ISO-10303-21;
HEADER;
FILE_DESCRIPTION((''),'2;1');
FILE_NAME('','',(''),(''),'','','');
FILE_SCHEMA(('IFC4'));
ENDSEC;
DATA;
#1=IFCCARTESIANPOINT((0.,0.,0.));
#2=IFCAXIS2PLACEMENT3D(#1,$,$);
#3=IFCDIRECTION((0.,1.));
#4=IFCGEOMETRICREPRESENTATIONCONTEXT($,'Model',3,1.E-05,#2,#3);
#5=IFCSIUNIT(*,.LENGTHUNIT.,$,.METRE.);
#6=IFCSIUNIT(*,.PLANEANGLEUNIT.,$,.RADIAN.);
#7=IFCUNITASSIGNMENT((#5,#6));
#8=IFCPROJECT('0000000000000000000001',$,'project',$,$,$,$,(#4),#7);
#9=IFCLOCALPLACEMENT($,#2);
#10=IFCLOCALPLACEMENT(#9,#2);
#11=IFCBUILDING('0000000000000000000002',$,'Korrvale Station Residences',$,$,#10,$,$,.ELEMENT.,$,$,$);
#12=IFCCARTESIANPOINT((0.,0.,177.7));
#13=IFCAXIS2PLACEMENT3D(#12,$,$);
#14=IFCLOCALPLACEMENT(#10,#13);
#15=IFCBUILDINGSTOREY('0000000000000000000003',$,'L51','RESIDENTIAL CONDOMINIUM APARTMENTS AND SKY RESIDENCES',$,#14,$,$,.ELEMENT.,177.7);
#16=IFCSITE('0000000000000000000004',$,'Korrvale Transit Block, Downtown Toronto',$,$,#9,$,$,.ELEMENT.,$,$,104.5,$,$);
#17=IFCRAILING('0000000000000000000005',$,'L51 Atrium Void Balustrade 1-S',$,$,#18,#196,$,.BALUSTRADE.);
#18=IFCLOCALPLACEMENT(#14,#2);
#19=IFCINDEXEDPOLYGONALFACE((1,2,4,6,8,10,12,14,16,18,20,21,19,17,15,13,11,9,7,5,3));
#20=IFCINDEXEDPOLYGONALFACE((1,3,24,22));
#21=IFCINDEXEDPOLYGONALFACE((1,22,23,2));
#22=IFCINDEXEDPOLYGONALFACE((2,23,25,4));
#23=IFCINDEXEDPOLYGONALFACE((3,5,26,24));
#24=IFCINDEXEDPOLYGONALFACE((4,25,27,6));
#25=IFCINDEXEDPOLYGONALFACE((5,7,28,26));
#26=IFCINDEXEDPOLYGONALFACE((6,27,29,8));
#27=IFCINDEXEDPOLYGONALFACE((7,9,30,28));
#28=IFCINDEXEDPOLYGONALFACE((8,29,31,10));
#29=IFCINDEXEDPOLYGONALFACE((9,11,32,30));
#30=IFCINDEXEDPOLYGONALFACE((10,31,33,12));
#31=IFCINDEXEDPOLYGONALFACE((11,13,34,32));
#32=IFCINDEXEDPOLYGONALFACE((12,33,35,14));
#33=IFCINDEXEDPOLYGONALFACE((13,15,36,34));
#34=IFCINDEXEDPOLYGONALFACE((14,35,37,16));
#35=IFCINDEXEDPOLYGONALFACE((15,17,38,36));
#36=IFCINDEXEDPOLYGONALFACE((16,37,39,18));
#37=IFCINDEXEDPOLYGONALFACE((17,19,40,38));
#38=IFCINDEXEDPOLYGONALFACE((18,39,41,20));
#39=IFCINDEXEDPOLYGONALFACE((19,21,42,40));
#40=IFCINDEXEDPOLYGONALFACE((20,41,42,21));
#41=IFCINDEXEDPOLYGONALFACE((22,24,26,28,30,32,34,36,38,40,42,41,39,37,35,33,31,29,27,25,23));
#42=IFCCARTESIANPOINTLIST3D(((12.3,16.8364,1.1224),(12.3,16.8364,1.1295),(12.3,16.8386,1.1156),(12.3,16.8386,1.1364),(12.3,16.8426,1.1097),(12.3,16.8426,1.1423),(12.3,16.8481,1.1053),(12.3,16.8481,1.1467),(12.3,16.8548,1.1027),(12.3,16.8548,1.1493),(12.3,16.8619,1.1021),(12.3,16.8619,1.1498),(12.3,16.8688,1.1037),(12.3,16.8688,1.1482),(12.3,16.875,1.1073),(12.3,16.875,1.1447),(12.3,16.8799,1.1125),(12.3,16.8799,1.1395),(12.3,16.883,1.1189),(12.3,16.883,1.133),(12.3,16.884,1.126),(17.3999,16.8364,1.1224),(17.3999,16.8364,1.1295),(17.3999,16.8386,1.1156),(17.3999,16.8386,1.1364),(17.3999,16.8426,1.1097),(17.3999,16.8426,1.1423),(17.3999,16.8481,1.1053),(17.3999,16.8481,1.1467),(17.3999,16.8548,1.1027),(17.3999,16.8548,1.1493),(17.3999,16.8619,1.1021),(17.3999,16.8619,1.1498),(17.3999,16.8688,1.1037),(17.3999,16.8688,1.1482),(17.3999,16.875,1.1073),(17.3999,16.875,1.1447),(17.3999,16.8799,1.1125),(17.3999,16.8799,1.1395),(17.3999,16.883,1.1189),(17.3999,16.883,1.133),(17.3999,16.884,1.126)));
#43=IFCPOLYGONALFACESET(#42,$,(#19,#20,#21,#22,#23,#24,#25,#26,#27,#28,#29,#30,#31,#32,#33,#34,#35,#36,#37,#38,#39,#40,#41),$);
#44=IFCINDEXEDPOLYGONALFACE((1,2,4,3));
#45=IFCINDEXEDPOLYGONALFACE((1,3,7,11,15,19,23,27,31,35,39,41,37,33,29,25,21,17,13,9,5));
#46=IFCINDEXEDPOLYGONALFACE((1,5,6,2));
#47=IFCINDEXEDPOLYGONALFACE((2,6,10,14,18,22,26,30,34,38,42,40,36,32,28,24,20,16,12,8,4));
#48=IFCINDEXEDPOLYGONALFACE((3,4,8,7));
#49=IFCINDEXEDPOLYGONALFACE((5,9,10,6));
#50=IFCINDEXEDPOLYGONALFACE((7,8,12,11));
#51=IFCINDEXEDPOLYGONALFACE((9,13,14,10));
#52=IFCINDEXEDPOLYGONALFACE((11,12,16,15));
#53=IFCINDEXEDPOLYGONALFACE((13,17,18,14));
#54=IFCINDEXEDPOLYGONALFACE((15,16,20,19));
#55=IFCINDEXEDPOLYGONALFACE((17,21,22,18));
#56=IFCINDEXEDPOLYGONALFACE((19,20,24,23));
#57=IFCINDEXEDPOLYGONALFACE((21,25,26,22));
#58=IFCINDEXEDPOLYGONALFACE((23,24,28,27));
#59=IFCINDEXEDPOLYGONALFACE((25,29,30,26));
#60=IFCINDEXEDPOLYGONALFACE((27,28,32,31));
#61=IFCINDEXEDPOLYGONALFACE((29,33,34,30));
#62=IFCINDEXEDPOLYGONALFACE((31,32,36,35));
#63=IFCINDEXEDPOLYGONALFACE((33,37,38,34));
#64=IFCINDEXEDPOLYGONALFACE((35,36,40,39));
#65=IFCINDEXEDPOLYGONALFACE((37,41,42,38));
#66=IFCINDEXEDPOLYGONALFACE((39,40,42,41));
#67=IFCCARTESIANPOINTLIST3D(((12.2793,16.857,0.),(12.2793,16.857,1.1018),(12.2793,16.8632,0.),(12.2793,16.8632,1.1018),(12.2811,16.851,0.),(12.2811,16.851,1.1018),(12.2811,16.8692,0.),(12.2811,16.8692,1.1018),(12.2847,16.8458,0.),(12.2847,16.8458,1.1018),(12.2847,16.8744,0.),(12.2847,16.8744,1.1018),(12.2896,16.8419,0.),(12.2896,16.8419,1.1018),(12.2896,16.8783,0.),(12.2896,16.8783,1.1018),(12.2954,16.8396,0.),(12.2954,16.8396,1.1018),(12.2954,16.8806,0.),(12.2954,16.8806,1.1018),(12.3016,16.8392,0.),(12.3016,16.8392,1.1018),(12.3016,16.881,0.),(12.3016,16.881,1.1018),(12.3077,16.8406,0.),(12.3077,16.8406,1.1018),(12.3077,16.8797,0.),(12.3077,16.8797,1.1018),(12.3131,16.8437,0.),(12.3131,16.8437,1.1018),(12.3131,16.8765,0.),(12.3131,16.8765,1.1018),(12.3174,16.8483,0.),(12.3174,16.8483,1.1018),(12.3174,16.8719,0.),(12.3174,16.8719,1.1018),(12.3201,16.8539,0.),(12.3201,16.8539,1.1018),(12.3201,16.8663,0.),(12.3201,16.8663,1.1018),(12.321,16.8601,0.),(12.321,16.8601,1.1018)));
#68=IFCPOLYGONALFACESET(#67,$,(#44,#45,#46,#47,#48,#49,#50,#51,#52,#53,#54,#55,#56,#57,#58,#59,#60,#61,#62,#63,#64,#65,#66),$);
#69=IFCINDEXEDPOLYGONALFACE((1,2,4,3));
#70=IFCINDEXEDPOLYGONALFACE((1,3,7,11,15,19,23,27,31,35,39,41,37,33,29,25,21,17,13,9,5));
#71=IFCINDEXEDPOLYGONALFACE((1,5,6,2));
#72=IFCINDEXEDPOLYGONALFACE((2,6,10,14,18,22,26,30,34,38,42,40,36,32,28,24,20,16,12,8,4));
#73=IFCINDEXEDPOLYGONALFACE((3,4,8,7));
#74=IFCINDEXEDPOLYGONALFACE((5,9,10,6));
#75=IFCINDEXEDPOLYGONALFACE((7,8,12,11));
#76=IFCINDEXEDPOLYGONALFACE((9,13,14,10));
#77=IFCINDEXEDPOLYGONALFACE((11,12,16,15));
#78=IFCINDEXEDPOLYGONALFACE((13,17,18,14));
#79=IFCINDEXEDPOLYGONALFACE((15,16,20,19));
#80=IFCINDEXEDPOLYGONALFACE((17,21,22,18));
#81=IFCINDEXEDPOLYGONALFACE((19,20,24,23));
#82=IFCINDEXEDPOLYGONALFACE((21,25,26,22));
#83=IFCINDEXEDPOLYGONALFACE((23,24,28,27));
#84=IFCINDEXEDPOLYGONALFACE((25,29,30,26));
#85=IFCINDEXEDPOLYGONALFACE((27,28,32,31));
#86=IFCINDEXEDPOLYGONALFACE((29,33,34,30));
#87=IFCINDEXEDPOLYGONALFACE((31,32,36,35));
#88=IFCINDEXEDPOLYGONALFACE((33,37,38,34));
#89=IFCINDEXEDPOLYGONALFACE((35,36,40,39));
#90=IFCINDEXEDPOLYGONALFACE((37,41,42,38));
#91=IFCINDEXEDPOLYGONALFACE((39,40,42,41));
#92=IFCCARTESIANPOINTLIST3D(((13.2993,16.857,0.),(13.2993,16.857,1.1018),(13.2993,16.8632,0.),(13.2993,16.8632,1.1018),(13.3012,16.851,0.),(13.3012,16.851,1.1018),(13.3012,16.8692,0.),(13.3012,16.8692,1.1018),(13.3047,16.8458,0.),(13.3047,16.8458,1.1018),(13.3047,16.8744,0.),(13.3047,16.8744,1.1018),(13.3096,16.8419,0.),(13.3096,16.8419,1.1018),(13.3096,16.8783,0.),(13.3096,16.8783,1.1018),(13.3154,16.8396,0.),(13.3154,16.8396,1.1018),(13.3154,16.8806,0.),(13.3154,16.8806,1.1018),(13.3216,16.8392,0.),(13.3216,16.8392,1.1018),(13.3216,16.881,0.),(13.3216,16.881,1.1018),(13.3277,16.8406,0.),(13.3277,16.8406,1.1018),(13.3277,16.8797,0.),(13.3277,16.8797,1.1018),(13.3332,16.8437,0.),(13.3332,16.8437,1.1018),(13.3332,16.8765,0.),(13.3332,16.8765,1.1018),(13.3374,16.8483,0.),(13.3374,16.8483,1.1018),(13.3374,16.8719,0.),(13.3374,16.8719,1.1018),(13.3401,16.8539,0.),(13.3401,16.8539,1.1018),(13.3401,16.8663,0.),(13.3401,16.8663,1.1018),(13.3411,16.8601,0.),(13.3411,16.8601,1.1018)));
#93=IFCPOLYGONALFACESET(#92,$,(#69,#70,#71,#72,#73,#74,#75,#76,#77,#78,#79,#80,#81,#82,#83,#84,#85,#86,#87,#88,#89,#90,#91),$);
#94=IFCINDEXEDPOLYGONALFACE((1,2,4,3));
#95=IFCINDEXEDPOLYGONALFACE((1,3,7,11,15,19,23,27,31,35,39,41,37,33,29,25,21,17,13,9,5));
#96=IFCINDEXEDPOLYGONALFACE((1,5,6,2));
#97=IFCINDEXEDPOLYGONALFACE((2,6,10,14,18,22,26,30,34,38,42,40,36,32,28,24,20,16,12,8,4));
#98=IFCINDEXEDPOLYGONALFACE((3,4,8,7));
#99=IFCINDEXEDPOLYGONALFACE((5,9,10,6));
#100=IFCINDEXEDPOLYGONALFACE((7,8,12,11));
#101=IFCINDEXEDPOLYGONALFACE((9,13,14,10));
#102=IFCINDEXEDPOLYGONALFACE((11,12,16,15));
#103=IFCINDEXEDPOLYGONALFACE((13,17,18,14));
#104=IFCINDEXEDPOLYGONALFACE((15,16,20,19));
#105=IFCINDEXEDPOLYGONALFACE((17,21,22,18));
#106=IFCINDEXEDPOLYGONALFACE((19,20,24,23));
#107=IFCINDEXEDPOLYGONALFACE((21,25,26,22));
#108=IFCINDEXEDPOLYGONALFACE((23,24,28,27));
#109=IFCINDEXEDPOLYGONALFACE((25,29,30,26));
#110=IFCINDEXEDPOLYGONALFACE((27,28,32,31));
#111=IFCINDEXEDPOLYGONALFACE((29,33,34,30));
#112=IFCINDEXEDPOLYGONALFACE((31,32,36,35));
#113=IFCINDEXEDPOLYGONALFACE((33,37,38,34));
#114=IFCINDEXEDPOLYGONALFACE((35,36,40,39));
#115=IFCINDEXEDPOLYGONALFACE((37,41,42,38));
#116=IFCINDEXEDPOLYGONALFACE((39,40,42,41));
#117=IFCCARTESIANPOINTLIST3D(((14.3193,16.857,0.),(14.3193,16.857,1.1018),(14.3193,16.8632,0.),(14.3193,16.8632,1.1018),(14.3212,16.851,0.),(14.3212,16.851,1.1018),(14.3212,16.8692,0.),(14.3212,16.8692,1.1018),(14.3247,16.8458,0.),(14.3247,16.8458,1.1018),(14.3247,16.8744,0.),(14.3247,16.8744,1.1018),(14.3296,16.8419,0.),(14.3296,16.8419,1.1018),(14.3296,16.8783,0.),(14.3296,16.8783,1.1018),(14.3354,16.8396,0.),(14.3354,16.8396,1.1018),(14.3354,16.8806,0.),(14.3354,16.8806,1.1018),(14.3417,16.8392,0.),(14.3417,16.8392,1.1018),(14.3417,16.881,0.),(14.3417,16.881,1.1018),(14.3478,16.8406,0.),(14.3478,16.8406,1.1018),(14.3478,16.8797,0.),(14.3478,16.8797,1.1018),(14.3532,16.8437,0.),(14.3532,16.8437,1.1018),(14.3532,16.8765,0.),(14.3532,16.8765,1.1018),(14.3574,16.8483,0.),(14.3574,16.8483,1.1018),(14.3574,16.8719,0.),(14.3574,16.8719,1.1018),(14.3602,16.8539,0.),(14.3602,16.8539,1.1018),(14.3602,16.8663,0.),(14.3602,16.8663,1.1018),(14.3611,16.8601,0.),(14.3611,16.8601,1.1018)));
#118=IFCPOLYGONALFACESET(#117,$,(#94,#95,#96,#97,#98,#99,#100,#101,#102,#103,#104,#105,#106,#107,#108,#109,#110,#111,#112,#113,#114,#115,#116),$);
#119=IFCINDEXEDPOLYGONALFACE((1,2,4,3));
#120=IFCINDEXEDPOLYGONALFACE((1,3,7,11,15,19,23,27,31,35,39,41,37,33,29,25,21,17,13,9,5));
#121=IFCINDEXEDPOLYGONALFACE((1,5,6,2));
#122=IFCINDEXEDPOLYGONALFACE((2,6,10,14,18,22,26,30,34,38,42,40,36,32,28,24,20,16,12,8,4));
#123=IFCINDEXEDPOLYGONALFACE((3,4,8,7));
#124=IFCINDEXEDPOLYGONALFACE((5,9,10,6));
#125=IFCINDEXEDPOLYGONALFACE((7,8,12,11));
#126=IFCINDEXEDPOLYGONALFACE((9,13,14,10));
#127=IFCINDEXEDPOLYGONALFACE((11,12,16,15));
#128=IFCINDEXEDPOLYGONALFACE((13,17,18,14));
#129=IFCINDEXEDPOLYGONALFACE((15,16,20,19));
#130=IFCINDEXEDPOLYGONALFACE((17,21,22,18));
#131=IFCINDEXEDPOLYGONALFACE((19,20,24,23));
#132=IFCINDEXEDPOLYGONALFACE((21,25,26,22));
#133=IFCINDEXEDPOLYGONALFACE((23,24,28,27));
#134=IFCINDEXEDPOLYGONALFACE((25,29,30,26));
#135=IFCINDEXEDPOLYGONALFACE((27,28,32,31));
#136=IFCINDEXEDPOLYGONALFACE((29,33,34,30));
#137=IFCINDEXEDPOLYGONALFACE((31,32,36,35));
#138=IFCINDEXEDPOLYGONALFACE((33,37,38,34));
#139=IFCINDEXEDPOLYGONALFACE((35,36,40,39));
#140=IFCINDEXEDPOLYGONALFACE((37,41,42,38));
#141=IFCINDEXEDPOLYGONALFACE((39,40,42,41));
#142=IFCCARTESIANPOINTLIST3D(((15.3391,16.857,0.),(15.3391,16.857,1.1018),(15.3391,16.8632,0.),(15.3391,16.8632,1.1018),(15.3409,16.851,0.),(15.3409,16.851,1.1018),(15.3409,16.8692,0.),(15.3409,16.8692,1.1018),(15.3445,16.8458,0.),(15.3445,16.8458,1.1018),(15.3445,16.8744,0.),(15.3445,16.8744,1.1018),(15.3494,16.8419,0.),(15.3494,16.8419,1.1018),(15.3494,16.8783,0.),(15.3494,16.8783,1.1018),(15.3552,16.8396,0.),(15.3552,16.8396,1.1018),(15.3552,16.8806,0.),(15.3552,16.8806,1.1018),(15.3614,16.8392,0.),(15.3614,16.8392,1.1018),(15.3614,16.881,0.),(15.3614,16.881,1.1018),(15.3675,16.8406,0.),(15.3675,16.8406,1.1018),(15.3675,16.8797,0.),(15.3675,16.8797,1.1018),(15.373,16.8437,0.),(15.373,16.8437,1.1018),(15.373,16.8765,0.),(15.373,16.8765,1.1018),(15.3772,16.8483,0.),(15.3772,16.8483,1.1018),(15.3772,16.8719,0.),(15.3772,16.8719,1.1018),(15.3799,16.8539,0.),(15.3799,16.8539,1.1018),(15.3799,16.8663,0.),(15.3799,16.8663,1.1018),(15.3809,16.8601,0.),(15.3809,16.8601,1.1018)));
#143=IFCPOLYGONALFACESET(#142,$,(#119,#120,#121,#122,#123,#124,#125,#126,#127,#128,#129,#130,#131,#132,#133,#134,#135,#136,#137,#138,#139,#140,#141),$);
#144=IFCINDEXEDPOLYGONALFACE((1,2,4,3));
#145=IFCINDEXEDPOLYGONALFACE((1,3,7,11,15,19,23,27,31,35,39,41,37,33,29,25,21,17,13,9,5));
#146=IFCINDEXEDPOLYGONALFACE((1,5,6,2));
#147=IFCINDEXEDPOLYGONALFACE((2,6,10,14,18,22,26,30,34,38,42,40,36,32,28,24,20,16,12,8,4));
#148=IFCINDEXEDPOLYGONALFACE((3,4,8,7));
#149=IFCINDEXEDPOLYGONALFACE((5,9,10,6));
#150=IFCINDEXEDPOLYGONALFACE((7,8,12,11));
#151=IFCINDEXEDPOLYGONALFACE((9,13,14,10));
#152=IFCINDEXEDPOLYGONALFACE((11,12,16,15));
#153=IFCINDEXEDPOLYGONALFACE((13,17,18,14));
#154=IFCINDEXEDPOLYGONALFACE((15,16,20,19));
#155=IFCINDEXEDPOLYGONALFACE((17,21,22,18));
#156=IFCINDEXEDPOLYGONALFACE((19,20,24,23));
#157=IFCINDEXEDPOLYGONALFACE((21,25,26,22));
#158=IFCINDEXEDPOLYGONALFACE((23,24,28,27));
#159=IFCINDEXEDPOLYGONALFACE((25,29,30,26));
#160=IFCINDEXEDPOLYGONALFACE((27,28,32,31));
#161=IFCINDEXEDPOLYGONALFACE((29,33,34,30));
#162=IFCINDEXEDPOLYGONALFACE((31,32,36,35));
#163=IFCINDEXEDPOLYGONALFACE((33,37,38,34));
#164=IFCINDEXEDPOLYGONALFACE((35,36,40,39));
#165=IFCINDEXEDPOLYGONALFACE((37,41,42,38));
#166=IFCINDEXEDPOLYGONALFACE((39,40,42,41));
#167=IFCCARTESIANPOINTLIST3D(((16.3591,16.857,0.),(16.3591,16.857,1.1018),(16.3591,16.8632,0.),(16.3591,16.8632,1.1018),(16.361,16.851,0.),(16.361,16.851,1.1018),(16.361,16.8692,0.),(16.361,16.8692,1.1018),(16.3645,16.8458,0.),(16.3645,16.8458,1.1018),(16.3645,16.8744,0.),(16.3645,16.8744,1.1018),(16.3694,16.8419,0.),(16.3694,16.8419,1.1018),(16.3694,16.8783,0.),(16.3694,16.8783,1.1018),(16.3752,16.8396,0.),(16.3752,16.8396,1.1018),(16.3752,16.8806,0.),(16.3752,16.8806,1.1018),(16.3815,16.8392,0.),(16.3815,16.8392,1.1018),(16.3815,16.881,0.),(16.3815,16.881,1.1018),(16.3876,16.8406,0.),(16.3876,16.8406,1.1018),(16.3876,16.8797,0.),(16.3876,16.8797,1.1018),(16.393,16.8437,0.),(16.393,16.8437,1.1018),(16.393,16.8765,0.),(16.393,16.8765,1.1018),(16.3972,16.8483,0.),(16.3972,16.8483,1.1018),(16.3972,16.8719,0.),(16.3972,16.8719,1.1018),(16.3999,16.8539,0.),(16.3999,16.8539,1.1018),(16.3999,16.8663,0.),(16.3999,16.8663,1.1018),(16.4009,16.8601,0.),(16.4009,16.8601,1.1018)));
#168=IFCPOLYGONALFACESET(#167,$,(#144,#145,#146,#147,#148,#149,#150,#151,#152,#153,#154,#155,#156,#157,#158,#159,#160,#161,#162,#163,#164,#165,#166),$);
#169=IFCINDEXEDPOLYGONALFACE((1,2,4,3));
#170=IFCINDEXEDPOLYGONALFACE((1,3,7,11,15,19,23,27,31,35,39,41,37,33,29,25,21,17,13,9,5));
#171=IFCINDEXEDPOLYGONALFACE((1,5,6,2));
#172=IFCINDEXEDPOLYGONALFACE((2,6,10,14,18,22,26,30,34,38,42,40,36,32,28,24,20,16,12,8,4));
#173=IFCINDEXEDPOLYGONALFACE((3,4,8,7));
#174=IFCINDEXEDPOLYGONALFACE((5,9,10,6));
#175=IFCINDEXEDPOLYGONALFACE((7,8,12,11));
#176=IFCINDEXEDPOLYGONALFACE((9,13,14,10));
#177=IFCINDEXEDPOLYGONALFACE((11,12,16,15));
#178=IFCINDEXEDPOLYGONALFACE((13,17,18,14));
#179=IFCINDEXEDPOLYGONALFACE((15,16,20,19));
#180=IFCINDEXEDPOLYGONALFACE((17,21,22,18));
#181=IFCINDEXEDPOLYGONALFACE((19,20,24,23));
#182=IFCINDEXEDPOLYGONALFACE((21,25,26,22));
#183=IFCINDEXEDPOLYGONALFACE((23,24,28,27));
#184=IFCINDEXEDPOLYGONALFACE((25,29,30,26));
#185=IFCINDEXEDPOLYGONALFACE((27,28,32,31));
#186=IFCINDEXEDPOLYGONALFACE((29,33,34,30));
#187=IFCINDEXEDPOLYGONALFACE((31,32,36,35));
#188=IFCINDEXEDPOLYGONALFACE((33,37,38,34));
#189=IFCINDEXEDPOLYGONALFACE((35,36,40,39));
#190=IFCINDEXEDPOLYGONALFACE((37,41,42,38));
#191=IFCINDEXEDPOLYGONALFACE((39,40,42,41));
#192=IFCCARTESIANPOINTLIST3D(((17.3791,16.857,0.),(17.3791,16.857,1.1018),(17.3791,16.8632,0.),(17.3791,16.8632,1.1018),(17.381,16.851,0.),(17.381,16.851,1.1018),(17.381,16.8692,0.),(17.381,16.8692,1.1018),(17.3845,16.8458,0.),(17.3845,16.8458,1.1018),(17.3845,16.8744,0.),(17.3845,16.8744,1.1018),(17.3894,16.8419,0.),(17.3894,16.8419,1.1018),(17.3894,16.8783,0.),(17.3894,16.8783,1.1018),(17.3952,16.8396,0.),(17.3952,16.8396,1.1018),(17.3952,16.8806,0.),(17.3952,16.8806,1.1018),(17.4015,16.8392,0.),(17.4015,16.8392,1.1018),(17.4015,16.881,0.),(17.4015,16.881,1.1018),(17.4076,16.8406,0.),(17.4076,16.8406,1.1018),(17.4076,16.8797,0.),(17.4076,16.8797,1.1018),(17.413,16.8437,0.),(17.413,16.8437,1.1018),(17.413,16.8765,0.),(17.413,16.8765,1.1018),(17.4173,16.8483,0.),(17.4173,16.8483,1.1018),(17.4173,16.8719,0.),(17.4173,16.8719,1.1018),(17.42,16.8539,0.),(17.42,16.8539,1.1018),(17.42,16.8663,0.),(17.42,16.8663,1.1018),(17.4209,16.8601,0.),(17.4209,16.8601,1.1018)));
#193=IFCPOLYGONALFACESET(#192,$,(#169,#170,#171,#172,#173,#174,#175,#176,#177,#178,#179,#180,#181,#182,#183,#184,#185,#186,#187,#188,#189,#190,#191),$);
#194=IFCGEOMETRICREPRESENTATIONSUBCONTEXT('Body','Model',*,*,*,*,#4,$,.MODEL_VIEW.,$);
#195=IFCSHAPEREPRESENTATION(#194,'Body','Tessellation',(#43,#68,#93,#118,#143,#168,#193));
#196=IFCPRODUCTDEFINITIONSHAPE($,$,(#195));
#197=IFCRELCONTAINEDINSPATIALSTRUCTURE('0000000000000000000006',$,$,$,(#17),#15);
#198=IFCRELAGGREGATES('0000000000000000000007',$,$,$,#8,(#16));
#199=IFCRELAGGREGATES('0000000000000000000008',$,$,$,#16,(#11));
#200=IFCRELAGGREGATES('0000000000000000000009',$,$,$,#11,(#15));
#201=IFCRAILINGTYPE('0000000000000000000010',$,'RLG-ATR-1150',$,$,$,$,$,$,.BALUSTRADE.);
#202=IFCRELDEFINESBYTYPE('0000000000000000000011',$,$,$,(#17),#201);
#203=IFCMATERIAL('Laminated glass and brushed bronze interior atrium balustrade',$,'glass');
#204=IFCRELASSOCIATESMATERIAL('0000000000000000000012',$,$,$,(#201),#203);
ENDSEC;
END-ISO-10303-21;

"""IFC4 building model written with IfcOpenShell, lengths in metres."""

from ifc_helpers import new_model, si_unit, direction, frame, origin, origin_2d, place, context, subcontext, project, spatial, circle, extrude, material, type_object, element, save


model = new_model("IFC4")

# Units and contexts
model_context = context("Model", 3, precision=1e-05, world=origin(), true_north=direction((0.0, 1.0)))
body_context = subcontext(model_context, "Body", "Model", "MODEL_VIEW")
ifc_project = project(units=[si_unit("LENGTHUNIT", "METRE"), si_unit("PLANEANGLEUNIT", "RADIAN")], contexts=[model_context])

# Site, building, storey
site_placement = place(None, origin())
site = spatial("IfcSite", under=ifc_project, at=site_placement, Name="Korrvale Transit Block, Downtown Toronto", CompositionType="ELEMENT", RefElevation=104.5)
building_placement = place(site_placement, origin())
building = spatial("IfcBuilding", under=site, at=building_placement, Name="Korrvale Station Residences", CompositionType="ELEMENT")
storey_placement = place(building_placement, frame((0.0, 0.0, 177.7)))
storey = spatial("IfcBuildingStorey", under=building, at=storey_placement, Name="L51", Description="RESIDENTIAL CONDOMINIUM APARTMENTS AND SKY RESIDENCES", CompositionType="ELEMENT", Elevation=177.7)

# Railing
ifc_material_1 = material(Name="Laminated glass and brushed bronze interior atrium balustrade", Category="glass")
railing_type = type_object("IfcRailingType", Name="RLG-ATR-1150", PredefinedType="BALUSTRADE", material=ifc_material_1)
railing_1_placement = place(storey_placement, frame((12.3, 16.8601, 0.0)))
element("IfcRailing", 1, at=railing_1_placement, inside=storey, type_object=railing_type, Name="L51 Atrium Void Balustrade 1-S", PredefinedType="BALUSTRADE", context=body_context, shape_type="SweptSolid", body=[
    extrude(circle(Radius=0.0239, at=origin_2d()), frame((0.0, 0.0, 1.126), z_axis=(1.0, 0.0, 0.0), x_axis=(0.0, 1.0, 0.0)), (0.0, 0.0, 1.0), 5.0999),
    extrude(circle(Radius=0.021, at=origin_2d()), origin(), (0.0, 0.0, 1.0), 1.1018),
    extrude(circle(Radius=0.021, at=origin_2d()), frame((1.02, 0.0, 0.0)), (0.0, 0.0, 1.0), 1.1018),
    extrude(circle(Radius=0.021, at=origin_2d()), frame((2.04, 0.0, 0.0)), (0.0, 0.0, 1.0), 1.1018),
    extrude(circle(Radius=0.021, at=origin_2d()), frame((3.0598, 0.0, 0.0)), (0.0, 0.0, 1.0), 1.1018),
    extrude(circle(Radius=0.021, at=origin_2d()), frame((4.0798, 0.0, 0.0)), (0.0, 0.0, 1.0), 1.1018),
    extrude(circle(Radius=0.021, at=origin_2d()), frame((5.0999, 0.0, 0.0)), (0.0, 0.0, 1.0), 1.1018),
])

save(model, "model.ifc")
